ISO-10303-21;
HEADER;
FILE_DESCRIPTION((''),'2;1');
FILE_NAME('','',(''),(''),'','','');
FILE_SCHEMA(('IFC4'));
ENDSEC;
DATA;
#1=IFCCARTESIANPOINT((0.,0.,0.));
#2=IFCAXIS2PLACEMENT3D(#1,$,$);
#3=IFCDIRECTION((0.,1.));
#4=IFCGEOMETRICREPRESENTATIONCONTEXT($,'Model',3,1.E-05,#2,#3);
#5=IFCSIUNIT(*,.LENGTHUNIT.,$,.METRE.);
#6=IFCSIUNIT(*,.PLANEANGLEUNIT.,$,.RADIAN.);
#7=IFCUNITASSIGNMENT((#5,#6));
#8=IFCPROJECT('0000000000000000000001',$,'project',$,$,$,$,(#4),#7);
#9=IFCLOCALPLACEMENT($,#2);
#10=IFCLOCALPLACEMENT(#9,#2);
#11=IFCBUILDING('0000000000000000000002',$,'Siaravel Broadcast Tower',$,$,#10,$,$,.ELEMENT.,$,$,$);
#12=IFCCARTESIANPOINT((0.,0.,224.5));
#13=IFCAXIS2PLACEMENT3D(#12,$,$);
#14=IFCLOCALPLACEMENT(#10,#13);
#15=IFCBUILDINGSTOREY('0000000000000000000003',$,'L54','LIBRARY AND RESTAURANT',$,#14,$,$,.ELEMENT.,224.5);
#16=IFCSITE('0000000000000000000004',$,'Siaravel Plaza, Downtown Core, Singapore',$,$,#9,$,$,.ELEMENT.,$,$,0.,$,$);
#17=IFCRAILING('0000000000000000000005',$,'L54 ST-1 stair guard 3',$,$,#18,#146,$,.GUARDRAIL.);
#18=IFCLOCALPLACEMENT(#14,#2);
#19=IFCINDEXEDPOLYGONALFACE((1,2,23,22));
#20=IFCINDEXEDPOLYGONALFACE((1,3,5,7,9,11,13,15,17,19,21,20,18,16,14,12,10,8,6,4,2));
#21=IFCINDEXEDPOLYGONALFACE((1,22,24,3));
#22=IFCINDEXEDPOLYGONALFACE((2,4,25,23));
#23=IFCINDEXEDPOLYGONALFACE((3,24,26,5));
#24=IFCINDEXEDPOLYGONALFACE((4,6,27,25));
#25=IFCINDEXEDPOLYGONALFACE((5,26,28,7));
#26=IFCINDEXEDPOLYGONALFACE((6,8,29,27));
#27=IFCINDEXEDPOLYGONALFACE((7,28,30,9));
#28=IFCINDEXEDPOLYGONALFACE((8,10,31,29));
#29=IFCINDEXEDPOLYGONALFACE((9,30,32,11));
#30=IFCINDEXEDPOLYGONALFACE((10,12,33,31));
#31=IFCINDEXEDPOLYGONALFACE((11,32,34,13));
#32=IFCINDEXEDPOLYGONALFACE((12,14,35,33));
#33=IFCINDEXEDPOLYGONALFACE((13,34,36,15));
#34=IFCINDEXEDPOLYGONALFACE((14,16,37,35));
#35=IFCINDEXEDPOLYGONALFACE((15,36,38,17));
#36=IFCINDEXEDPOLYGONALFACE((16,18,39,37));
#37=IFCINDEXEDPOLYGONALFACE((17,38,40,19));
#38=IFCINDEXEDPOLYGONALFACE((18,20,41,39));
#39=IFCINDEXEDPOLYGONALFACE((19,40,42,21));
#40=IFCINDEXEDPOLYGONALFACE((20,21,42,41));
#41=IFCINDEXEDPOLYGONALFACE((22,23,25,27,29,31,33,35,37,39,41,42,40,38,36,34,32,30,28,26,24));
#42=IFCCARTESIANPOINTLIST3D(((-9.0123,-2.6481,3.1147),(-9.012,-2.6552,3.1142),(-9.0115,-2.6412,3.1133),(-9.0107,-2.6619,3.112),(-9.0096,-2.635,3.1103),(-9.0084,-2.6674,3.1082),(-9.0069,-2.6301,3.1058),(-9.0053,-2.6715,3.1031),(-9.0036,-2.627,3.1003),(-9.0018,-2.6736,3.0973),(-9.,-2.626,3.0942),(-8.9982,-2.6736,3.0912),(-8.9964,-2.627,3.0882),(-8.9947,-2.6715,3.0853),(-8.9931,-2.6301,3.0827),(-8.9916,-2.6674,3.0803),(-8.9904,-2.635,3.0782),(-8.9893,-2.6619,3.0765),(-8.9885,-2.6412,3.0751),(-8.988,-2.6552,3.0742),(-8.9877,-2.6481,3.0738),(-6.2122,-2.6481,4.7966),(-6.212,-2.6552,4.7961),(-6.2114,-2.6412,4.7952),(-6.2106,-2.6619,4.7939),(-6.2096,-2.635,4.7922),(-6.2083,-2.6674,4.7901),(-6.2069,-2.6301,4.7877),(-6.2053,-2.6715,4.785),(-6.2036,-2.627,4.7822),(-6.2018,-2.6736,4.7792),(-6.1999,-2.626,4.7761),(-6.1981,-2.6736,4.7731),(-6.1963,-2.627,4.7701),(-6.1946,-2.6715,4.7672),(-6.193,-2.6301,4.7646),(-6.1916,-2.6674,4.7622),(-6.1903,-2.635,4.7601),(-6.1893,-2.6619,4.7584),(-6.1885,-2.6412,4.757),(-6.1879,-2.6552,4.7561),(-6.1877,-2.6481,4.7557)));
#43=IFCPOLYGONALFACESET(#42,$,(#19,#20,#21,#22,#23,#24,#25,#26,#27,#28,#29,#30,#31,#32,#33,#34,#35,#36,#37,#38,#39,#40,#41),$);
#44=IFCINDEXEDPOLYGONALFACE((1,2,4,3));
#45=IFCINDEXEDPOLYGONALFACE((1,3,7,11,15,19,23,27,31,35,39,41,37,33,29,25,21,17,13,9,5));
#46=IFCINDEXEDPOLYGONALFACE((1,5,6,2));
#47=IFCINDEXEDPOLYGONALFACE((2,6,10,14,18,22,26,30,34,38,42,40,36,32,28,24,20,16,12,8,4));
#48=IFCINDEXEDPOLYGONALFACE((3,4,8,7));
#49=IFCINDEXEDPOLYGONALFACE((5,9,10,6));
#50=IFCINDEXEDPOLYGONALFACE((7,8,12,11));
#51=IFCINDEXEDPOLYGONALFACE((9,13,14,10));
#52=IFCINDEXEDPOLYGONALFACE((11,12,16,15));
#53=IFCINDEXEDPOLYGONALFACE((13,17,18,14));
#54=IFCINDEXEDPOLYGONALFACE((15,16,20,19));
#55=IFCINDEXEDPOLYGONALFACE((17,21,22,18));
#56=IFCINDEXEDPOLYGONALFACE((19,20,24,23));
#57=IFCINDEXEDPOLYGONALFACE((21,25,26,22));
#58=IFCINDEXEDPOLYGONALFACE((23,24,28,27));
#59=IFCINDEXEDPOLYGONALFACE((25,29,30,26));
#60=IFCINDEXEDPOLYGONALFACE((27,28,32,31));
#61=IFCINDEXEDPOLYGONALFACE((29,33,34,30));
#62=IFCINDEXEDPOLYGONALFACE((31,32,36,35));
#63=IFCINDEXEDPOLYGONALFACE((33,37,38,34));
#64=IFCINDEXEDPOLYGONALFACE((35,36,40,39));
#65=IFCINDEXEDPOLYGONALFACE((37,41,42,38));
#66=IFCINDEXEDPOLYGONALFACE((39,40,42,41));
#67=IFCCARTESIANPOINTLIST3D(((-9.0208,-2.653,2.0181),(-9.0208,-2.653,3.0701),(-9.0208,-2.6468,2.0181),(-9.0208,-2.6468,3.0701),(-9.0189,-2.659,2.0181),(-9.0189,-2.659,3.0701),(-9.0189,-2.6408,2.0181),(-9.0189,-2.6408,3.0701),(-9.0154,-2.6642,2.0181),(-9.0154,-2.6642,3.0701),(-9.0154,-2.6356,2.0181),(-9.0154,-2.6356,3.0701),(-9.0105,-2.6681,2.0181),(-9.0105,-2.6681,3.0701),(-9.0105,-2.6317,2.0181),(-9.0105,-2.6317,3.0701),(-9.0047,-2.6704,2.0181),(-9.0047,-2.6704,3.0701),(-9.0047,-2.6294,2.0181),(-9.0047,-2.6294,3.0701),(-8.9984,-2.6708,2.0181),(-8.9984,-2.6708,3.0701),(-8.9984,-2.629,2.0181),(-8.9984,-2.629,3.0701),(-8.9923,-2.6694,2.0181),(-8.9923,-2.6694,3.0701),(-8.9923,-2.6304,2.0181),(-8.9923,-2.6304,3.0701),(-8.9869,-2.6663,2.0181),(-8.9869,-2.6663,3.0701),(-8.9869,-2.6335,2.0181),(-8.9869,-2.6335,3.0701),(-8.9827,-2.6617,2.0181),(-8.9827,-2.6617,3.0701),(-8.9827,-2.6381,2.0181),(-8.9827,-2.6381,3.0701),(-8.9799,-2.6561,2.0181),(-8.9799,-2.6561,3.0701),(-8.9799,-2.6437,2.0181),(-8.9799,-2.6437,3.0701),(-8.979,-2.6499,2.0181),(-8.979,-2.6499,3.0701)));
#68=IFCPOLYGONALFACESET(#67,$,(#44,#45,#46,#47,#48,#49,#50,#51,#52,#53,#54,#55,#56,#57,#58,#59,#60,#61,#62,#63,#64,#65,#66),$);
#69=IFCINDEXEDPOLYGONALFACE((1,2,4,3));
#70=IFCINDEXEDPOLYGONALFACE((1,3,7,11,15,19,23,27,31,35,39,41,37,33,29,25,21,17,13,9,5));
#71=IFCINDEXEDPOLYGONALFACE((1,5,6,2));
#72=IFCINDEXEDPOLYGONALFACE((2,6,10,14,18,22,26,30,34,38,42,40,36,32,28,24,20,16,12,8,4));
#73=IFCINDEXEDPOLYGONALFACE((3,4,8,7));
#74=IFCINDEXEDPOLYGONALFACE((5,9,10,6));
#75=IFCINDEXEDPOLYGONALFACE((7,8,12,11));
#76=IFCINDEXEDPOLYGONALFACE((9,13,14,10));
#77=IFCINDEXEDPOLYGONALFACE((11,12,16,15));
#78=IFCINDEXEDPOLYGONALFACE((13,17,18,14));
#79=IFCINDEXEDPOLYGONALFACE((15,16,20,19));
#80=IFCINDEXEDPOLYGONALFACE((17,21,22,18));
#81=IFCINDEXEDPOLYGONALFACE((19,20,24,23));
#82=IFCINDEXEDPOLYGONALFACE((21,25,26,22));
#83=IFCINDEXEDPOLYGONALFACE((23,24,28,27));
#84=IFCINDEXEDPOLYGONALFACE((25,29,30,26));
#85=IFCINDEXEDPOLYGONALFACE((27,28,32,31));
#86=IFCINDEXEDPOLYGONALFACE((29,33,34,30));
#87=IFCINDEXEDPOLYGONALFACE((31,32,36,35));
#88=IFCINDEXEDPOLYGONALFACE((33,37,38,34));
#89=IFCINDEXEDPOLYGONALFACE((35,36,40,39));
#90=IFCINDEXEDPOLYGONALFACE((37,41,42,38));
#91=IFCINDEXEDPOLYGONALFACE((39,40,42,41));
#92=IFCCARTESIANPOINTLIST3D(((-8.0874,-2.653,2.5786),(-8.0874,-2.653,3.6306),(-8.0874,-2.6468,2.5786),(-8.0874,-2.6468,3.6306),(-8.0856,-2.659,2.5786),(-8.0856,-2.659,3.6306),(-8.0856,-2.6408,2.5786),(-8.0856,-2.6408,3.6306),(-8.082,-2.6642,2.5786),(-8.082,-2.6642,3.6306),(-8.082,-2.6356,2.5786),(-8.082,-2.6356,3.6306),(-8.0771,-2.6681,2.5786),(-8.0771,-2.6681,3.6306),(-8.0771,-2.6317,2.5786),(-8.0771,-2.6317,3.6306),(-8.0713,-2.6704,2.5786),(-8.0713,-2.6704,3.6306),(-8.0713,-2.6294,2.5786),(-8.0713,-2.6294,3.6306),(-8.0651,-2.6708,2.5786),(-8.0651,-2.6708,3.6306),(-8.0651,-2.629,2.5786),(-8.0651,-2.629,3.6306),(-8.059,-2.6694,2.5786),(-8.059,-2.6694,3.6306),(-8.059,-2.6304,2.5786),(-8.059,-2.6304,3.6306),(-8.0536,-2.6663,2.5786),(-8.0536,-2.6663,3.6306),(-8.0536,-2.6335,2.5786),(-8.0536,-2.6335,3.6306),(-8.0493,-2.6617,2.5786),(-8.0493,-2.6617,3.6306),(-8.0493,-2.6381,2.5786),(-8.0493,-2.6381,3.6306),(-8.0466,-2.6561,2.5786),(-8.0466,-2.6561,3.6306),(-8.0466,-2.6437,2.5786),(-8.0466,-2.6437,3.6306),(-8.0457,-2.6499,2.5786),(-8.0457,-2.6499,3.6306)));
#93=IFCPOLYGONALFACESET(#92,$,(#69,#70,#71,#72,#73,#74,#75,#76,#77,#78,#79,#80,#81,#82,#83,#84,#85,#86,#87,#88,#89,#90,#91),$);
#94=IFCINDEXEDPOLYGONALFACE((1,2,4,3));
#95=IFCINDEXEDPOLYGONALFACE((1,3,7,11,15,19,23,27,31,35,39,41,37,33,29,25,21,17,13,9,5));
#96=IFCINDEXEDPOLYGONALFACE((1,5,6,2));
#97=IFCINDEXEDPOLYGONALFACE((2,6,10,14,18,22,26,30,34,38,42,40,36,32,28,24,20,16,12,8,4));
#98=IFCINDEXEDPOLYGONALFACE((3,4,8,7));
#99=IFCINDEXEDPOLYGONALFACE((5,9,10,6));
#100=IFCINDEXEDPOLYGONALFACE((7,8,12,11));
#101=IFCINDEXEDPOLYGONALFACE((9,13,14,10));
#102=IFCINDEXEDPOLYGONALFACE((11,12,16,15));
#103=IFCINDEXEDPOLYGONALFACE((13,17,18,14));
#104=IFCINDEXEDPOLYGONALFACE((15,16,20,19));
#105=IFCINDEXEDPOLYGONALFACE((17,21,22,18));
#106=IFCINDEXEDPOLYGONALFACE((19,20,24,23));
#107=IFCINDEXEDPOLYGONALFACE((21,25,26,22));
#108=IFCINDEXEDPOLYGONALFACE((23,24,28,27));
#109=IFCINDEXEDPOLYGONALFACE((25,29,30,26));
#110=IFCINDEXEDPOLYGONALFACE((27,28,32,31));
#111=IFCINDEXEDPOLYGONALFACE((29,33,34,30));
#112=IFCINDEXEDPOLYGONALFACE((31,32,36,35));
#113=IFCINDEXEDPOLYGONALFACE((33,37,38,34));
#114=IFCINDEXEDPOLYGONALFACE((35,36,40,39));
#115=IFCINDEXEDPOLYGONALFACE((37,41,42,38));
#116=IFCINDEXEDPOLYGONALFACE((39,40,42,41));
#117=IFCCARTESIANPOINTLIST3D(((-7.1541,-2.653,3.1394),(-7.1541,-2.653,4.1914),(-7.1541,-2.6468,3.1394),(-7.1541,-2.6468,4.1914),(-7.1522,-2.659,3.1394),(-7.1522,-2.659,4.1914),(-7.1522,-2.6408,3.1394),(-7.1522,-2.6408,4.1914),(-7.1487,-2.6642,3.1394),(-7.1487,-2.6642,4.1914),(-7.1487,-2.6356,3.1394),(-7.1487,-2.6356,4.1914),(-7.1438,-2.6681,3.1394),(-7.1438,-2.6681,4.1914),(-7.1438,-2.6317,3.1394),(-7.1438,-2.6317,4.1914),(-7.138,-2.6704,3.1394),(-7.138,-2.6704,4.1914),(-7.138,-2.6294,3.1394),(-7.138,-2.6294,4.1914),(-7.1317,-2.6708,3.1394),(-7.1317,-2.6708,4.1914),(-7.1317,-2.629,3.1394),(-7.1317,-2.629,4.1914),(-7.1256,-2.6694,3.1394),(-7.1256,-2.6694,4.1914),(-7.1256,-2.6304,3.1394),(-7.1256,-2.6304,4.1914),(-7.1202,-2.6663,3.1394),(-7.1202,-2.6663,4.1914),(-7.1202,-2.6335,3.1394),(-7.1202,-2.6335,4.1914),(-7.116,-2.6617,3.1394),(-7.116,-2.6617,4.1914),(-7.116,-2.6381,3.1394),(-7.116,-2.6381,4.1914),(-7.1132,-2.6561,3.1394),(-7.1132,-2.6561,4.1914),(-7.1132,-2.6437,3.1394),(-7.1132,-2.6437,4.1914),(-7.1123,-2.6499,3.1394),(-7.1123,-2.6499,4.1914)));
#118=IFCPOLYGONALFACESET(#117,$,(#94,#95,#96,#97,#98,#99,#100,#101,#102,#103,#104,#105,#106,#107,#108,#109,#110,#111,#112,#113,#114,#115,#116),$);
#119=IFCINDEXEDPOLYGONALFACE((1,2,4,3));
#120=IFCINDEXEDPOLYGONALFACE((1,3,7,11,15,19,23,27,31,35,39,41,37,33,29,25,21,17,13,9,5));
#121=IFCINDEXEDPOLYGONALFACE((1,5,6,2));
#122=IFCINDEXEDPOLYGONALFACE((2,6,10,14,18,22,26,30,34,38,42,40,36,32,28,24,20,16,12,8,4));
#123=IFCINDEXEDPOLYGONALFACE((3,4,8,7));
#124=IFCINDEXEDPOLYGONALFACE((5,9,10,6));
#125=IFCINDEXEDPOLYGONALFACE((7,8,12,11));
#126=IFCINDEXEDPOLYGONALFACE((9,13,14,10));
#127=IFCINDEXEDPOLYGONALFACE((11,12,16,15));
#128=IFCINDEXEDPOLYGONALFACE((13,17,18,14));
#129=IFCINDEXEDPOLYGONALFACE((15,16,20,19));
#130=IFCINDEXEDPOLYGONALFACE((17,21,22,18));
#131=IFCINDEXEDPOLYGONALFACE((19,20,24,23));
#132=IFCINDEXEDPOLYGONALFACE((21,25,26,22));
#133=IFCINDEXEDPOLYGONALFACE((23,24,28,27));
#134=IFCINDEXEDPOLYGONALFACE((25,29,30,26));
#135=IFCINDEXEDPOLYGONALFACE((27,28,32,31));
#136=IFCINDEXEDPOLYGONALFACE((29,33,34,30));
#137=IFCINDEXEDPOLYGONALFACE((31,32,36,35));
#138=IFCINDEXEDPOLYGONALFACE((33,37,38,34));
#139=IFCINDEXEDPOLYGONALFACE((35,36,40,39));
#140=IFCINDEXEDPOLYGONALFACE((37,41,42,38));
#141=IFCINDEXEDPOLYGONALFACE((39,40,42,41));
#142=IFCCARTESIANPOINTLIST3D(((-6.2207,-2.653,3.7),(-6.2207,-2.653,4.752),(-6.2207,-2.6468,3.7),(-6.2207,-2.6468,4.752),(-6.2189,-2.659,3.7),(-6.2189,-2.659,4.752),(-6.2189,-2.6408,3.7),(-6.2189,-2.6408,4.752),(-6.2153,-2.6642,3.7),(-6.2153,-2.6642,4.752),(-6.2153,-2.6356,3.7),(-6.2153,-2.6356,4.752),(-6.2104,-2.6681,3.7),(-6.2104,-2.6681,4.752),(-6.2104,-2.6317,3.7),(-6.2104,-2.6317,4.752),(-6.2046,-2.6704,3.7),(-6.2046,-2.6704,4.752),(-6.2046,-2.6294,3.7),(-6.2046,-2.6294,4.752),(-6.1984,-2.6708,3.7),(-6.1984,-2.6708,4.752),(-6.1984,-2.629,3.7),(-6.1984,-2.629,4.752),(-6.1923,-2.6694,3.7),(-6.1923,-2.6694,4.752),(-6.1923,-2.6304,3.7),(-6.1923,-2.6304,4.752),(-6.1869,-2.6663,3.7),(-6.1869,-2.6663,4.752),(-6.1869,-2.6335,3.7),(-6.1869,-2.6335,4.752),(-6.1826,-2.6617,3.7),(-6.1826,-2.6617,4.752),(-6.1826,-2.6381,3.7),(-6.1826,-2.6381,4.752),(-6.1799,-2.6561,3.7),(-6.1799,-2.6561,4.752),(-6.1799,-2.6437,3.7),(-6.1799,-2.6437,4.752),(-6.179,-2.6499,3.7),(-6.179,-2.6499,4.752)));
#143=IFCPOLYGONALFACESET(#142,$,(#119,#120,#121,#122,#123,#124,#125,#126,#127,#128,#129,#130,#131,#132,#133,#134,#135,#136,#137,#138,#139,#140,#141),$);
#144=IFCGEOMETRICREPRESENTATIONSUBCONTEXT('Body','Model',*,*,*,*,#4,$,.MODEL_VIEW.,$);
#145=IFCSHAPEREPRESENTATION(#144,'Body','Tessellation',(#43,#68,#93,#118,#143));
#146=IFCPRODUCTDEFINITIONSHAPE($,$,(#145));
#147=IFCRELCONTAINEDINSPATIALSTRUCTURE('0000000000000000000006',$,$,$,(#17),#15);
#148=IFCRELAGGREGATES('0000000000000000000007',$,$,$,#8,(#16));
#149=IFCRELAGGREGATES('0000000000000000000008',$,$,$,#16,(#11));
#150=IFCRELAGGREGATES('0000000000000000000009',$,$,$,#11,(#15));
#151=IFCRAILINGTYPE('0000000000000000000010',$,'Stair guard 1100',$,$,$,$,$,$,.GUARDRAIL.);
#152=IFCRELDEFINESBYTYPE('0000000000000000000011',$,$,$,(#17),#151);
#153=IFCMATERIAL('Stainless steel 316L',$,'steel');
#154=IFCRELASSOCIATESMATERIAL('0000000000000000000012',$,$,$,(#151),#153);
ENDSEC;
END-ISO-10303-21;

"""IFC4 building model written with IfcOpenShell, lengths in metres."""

from ifc_helpers import new_model, si_unit, direction, frame, origin, origin_2d, place, context, subcontext, project, spatial, circle, extrude, material, type_object, element, save


model = new_model("IFC4")

# Units and contexts
model_context = context("Model", 3, precision=1e-05, world=origin(), true_north=direction((0.0, 1.0)))
body_context = subcontext(model_context, "Body", "Model", "MODEL_VIEW")
ifc_project = project(units=[si_unit("LENGTHUNIT", "METRE"), si_unit("PLANEANGLEUNIT", "RADIAN")], contexts=[model_context])

# Site, building, storey
site_placement = place(None, origin())
site = spatial("IfcSite", under=ifc_project, at=site_placement, Name="Siaravel Plaza, Downtown Core, Singapore", CompositionType="ELEMENT", RefElevation=0.0)
building_placement = place(site_placement, origin())
building = spatial("IfcBuilding", under=site, at=building_placement, Name="Siaravel Broadcast Tower", CompositionType="ELEMENT")
storey_placement = place(building_placement, frame((0.0, 0.0, 224.5)))
storey = spatial("IfcBuildingStorey", under=building, at=storey_placement, Name="L54", Description="LIBRARY AND RESTAURANT", CompositionType="ELEMENT", Elevation=224.5)

# Shared definitions
ifc_material_1 = material(Name="Stainless steel 316L", Category="steel")

# Railing
railing_type_1 = type_object("IfcRailingType", Name="Stair guard 1100", PredefinedType="GUARDRAIL", material=ifc_material_1)
railing_1_placement = place(storey_placement, frame((-9.0, -2.6499, 2.0181)))
element("IfcRailing", 1, at=railing_1_placement, inside=storey, type_object=railing_type_1, Name="L54 ST-1 stair guard 3", PredefinedType="GUARDRAIL", context=body_context, shape_type="SweptSolid", body=[
    extrude(circle(Radius=0.0239, at=origin_2d()), frame((0.0, 0.0, 1.0762), z_axis=(0.857242, 0.0, 0.514913), x_axis=(0.0, 1.0, 0.0)), (0.0, 0.0, 1.0), 3.2664),
    extrude(circle(Radius=0.021, at=origin_2d()), origin(), (0.0, 0.0, 1.0), 1.052),
    extrude(circle(Radius=0.021, at=origin_2d()), frame((0.9333, 0.0, 0.5605)), (0.0, 0.0, 1.0), 1.052),
    extrude(circle(Radius=0.021, at=origin_2d()), frame((1.8667, 0.0, 1.1213)), (0.0, 0.0, 1.0), 1.052),
    extrude(circle(Radius=0.021, at=origin_2d()), frame((2.8, 0.0, 1.6819)), (0.0, 0.0, 1.0), 1.052),
])

save(model, "model.ifc")
